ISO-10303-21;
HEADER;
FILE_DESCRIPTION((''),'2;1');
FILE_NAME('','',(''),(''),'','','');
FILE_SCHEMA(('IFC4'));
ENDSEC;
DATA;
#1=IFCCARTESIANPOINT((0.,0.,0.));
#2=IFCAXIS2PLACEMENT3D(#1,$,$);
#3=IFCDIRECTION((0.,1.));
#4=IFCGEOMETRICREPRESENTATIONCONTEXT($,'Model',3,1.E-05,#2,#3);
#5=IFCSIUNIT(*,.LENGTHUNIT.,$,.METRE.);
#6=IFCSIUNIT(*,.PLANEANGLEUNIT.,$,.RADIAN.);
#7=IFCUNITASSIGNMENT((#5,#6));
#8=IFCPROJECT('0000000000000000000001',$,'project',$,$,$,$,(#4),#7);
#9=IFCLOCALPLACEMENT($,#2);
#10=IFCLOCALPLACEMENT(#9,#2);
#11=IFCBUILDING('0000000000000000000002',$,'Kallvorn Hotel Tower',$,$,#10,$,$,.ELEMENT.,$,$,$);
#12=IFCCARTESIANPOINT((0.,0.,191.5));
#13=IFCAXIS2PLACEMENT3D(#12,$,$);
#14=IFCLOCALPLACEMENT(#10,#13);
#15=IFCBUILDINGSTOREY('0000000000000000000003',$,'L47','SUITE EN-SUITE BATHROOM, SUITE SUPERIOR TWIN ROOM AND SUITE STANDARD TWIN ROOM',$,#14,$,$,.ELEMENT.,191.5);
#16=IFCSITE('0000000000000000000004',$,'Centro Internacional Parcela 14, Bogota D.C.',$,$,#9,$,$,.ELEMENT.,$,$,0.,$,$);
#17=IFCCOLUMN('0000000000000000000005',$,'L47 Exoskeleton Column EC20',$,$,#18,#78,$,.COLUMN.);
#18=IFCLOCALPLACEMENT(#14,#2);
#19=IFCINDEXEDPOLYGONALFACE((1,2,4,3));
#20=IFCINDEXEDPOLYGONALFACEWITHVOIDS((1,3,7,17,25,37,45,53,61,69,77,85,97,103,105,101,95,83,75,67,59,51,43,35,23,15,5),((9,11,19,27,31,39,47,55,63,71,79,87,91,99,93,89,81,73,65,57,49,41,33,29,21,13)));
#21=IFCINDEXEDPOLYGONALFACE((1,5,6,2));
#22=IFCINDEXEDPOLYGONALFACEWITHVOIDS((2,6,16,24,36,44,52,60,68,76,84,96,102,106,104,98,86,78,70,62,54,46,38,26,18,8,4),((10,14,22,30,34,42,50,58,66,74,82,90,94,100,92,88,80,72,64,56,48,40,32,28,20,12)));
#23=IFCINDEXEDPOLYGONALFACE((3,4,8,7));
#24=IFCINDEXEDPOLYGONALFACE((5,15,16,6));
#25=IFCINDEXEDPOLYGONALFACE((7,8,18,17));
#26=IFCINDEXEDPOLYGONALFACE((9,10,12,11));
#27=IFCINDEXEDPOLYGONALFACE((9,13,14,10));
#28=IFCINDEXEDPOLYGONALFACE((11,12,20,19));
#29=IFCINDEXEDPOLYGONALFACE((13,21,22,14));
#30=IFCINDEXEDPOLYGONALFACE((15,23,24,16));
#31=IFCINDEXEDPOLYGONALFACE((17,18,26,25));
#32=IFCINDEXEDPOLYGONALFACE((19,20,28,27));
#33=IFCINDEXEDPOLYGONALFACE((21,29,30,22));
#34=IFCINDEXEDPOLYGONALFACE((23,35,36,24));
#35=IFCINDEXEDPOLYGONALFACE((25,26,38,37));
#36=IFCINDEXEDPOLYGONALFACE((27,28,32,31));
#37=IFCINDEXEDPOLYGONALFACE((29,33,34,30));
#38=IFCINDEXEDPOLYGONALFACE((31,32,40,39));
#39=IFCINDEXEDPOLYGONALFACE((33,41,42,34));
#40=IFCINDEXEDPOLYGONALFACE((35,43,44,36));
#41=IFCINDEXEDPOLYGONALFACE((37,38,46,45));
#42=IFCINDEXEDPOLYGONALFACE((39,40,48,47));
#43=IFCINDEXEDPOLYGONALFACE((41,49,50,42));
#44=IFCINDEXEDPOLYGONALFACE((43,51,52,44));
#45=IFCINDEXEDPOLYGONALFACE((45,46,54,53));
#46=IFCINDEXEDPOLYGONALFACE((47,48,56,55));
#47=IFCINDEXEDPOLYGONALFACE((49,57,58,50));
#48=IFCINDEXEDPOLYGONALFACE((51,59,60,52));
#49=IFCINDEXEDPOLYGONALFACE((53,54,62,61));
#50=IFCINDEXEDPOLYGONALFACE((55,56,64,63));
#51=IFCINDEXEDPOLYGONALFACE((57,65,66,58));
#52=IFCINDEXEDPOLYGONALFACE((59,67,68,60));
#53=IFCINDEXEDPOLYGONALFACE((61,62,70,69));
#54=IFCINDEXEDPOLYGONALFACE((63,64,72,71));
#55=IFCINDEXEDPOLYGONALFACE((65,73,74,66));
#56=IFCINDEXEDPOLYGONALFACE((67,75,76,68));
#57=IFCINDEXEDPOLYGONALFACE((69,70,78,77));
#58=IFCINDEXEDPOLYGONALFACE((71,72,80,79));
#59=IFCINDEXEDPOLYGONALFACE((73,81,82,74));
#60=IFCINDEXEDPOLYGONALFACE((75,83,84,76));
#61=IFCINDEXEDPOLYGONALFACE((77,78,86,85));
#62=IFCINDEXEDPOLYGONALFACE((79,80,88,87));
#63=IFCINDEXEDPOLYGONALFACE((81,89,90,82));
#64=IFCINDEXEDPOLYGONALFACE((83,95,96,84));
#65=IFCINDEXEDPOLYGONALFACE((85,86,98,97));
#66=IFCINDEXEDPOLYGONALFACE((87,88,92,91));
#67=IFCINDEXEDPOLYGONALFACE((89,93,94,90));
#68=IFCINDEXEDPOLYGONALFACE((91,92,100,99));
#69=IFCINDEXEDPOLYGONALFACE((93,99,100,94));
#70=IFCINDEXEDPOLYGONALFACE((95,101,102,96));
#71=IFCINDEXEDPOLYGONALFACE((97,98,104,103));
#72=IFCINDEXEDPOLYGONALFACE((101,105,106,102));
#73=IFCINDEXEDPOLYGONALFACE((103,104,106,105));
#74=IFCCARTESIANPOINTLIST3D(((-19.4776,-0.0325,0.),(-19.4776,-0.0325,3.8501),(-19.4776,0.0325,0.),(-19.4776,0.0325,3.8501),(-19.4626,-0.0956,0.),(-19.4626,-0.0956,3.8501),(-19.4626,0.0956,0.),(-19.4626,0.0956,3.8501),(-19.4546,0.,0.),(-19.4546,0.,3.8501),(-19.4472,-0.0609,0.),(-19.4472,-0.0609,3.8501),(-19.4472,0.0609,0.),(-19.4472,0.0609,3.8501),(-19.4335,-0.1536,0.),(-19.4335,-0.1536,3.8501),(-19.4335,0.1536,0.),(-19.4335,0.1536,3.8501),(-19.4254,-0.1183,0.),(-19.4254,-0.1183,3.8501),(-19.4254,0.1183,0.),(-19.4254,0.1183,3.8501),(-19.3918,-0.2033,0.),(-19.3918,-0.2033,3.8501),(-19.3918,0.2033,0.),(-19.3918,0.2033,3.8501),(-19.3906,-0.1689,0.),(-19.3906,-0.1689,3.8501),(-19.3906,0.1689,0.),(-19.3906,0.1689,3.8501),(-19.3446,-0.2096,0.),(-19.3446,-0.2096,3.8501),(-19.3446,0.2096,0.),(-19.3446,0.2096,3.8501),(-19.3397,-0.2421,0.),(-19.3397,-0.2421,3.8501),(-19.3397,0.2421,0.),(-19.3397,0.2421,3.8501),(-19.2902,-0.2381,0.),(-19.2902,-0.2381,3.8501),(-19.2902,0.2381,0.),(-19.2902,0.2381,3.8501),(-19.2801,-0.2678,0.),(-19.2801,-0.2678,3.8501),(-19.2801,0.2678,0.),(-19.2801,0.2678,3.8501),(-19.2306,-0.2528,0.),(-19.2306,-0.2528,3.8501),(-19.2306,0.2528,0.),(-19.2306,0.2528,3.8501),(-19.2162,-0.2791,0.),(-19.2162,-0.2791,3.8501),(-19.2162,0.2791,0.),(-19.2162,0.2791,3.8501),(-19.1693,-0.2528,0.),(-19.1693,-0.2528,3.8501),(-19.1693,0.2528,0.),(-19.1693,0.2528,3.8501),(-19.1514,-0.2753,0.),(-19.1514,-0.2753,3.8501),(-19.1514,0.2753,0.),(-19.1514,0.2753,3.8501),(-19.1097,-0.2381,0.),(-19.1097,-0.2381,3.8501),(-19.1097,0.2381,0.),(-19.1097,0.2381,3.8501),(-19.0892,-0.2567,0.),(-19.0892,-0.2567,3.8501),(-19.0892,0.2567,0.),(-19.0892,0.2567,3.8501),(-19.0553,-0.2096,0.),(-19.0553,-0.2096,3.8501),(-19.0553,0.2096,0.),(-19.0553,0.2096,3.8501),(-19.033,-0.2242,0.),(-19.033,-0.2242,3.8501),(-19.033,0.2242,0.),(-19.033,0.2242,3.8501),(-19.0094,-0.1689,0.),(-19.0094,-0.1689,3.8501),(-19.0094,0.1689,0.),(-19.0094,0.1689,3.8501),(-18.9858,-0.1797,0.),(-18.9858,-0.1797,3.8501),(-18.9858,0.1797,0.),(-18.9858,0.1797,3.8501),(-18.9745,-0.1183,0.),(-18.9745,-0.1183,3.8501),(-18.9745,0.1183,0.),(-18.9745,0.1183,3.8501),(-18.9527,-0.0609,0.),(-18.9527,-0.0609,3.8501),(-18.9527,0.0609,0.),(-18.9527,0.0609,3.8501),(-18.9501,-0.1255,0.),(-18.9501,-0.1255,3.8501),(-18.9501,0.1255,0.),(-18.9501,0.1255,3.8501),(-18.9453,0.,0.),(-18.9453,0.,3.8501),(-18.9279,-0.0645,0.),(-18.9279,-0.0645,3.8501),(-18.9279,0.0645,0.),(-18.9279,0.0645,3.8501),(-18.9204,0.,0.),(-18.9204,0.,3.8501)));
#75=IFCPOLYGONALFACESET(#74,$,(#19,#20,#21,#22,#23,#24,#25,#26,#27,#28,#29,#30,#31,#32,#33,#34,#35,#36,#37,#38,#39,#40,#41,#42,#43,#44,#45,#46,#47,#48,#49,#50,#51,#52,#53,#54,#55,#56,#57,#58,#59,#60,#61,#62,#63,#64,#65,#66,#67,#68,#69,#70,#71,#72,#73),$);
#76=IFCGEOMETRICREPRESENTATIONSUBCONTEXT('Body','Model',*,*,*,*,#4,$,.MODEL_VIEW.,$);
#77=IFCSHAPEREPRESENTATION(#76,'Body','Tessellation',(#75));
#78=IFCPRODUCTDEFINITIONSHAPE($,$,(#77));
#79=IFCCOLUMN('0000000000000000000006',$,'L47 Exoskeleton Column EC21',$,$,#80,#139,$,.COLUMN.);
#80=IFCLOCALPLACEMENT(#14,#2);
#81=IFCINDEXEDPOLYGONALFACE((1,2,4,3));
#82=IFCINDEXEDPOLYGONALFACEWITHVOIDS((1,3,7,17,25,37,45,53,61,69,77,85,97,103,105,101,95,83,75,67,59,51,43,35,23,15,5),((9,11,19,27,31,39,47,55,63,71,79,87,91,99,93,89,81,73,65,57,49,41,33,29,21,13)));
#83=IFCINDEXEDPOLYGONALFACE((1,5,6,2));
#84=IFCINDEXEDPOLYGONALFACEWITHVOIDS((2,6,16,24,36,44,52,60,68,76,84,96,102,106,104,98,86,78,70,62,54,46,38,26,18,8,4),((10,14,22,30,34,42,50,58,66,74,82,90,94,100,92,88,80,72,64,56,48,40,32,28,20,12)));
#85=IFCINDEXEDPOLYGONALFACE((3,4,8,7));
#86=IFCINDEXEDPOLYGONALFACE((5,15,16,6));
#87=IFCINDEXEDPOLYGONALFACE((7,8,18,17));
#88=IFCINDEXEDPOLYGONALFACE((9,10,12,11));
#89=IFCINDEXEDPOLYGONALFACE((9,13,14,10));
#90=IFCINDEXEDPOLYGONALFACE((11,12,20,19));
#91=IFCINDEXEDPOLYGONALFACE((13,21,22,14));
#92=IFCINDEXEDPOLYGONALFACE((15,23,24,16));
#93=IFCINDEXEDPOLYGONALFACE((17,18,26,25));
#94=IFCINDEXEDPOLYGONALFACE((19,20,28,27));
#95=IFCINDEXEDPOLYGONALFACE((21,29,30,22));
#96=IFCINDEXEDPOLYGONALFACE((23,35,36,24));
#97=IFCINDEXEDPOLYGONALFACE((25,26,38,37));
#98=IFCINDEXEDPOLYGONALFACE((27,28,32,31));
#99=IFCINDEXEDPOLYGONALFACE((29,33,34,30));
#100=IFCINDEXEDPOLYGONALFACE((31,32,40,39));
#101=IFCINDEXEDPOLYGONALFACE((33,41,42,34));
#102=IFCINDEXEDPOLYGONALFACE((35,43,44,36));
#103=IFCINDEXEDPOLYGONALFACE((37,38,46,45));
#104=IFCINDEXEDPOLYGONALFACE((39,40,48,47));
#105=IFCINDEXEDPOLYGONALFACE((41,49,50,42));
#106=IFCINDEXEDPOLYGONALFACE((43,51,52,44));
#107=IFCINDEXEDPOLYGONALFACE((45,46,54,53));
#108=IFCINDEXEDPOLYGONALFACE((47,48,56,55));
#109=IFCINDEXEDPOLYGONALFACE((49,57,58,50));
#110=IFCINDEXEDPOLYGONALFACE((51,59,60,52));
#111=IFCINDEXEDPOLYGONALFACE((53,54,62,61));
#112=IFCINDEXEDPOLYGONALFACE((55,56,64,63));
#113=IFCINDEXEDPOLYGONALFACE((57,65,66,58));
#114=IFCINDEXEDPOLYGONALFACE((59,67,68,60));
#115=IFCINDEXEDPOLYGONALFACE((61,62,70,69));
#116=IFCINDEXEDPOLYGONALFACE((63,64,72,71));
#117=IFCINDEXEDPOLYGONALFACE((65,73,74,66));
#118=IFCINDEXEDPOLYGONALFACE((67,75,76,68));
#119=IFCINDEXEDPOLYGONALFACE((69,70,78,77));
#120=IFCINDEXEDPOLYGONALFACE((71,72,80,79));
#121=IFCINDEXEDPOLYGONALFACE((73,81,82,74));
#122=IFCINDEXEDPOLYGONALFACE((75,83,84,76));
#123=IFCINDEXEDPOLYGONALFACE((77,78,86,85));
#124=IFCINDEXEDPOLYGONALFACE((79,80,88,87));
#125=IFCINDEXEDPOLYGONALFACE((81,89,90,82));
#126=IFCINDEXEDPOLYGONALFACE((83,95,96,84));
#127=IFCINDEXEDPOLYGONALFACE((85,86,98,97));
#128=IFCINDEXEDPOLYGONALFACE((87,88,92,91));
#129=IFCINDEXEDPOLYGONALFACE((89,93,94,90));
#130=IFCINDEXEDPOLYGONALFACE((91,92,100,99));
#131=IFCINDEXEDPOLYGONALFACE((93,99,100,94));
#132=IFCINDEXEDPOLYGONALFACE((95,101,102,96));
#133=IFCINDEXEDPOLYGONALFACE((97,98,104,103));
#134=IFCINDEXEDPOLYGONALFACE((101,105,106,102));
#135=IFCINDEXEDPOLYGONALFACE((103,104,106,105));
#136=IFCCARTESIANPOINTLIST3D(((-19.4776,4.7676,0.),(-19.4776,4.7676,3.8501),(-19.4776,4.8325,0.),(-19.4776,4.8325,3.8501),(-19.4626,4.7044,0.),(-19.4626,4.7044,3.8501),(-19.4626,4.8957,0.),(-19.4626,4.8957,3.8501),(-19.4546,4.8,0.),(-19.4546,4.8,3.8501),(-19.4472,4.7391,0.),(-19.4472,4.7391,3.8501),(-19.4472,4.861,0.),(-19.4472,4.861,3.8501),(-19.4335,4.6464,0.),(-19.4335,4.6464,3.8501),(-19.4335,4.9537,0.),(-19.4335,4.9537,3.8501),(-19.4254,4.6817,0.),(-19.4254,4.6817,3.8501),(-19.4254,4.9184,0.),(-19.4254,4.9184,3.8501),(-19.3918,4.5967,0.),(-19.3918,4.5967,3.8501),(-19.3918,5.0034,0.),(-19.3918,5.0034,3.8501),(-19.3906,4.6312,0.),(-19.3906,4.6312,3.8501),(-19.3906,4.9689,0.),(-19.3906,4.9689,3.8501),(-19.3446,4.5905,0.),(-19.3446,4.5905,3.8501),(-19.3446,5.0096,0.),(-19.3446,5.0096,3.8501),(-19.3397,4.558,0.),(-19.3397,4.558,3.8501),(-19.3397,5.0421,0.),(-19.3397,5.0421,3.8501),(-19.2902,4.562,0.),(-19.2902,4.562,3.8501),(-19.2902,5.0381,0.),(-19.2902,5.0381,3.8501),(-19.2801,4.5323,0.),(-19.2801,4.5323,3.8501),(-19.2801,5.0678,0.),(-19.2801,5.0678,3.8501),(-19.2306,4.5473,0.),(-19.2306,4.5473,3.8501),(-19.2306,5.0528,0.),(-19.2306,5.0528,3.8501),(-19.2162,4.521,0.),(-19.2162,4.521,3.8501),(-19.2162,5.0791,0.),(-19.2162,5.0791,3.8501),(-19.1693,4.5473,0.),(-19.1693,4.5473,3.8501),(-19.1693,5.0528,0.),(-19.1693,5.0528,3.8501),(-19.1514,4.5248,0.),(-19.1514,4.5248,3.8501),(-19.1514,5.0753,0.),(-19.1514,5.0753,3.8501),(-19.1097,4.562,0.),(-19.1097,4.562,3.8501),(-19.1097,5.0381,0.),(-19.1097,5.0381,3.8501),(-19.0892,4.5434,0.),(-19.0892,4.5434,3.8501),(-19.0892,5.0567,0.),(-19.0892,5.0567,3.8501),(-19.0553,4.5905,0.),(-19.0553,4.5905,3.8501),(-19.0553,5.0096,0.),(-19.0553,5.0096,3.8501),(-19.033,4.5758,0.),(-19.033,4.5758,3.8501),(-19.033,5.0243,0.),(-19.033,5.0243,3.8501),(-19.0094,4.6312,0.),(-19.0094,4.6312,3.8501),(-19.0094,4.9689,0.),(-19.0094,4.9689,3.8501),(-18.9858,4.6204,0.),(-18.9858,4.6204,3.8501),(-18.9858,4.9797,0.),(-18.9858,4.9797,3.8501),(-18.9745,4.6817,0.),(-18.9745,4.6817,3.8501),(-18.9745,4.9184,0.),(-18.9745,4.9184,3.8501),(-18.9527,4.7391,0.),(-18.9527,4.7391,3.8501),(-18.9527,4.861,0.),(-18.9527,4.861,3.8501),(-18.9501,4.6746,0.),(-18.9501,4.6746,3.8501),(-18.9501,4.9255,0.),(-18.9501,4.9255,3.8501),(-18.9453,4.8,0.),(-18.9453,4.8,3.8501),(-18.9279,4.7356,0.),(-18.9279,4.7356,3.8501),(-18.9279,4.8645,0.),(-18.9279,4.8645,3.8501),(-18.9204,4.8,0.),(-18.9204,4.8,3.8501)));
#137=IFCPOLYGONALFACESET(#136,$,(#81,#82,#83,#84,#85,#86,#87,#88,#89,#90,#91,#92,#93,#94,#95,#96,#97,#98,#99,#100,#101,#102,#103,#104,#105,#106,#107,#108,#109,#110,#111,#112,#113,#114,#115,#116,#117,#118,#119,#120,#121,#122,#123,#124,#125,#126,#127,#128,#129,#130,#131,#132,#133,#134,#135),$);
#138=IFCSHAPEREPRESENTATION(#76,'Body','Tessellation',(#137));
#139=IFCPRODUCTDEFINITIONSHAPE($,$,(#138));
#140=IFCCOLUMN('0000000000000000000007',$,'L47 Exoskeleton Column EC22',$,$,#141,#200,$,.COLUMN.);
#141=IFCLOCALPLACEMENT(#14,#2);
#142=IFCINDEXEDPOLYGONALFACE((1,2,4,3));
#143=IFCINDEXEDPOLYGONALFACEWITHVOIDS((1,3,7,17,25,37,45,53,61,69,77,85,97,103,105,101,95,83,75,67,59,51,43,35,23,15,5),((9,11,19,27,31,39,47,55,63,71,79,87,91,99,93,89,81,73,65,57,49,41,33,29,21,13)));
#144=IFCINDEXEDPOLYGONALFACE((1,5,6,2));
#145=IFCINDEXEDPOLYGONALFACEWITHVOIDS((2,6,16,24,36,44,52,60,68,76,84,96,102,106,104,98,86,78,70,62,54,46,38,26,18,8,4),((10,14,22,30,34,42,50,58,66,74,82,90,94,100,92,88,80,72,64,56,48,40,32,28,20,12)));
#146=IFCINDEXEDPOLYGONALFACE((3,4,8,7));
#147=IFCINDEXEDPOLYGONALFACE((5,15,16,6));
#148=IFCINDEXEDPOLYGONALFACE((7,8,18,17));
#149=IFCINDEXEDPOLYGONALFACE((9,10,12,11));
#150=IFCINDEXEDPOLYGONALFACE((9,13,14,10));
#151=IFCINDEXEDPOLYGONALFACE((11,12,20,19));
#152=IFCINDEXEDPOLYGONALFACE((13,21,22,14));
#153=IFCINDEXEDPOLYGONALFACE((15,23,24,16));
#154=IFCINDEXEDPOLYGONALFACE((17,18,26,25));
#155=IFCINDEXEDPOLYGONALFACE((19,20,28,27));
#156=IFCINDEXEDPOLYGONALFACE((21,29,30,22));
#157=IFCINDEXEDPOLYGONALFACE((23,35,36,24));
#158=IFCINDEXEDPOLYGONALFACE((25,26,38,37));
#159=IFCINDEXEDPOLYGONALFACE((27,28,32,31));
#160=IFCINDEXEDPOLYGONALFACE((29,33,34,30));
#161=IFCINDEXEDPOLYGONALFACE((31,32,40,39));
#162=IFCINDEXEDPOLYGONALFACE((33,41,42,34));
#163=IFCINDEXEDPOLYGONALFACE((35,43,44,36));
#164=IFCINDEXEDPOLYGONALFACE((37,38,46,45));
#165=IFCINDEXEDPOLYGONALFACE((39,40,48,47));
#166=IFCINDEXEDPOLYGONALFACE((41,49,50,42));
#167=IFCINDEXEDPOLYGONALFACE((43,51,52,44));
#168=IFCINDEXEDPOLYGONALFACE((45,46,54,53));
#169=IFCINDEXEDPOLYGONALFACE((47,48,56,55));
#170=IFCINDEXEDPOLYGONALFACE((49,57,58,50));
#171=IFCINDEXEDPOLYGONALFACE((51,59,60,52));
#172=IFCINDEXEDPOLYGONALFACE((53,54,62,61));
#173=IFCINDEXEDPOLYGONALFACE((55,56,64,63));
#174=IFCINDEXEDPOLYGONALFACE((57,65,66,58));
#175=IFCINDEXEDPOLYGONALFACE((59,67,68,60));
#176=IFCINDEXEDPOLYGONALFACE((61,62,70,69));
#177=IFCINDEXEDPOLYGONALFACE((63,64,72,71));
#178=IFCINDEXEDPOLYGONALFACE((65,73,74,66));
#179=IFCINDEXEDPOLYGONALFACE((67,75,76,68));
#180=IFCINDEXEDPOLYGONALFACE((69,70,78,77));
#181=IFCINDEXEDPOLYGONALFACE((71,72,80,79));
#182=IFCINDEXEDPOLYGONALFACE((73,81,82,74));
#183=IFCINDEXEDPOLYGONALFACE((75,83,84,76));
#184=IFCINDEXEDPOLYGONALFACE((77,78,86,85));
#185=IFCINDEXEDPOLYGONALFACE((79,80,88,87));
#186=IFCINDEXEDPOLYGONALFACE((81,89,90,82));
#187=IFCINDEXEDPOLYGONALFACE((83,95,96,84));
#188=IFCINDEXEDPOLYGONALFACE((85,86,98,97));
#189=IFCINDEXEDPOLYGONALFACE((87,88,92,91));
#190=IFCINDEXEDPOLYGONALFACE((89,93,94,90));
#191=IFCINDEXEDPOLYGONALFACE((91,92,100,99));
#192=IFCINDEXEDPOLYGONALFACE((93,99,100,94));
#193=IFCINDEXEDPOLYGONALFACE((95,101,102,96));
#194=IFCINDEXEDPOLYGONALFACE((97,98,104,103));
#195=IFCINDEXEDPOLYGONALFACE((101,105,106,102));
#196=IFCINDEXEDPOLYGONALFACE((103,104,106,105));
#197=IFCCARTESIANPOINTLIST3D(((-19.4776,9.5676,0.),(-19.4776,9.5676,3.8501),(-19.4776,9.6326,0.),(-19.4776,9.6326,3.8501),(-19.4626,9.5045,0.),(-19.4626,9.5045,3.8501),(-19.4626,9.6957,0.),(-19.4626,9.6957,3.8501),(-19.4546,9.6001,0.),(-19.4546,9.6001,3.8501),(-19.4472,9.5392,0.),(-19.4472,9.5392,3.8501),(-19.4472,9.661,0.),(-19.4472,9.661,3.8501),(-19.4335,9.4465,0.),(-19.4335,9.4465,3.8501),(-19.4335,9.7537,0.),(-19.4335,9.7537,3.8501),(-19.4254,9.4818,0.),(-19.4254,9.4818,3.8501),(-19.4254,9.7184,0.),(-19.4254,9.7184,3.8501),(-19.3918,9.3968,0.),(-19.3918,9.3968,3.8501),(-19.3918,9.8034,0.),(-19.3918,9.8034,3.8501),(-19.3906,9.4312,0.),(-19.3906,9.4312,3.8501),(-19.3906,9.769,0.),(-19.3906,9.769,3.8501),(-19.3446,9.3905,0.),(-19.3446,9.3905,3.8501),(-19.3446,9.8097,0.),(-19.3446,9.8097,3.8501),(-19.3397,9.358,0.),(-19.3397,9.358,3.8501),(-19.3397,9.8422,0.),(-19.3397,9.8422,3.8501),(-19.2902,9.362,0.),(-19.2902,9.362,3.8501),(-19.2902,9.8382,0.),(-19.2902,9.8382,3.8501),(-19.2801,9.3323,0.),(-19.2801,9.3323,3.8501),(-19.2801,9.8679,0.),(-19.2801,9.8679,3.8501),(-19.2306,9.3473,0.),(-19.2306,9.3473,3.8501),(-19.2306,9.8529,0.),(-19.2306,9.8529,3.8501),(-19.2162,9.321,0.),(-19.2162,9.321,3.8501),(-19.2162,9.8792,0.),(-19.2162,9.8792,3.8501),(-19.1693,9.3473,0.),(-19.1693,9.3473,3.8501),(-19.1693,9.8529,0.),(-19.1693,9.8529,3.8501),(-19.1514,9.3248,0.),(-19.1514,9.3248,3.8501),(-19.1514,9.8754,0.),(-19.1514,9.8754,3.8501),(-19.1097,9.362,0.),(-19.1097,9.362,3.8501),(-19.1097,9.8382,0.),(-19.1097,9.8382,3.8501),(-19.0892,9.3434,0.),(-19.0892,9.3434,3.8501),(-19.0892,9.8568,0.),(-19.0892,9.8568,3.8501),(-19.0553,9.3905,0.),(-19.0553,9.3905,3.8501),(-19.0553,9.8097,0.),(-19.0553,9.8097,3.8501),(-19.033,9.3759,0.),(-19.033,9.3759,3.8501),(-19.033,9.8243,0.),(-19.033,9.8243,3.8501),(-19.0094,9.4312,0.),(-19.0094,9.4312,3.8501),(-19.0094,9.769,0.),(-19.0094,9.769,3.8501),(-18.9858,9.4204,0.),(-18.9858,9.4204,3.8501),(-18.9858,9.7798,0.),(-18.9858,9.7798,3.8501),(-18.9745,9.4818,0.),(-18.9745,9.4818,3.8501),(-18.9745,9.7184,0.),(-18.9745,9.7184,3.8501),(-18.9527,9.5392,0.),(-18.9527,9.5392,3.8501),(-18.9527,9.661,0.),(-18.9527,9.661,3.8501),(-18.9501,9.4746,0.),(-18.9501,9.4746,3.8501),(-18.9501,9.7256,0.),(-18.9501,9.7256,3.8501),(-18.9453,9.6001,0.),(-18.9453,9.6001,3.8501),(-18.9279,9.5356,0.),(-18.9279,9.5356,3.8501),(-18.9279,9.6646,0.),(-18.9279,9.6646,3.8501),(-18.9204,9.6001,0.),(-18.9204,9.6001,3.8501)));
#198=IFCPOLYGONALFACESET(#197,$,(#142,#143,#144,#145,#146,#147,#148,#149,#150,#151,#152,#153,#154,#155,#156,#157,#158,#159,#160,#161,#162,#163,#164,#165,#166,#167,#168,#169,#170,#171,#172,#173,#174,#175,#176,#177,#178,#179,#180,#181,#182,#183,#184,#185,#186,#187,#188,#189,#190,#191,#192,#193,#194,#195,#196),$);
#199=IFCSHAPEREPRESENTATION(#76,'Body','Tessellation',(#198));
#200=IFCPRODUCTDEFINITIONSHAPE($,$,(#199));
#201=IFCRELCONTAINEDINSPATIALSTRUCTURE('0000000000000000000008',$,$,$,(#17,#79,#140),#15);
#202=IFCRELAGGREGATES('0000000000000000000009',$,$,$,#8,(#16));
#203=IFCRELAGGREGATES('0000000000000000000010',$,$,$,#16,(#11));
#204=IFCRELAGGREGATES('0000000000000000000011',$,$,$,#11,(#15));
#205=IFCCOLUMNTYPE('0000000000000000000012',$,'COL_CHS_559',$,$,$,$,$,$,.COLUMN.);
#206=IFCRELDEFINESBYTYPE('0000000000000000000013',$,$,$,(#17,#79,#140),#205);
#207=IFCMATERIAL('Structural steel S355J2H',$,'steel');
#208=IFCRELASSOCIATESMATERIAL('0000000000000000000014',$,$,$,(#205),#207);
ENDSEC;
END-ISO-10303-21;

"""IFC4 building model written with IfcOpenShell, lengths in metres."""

from ifc_helpers import new_model, si_unit, direction, frame, origin, origin_2d, place, context, subcontext, project, spatial, hollow_circle, extrude, material, material_profile, profile_set, type_object, element, save


model = new_model("IFC4")

# Units and contexts
model_context = context("Model", 3, precision=1e-05, world=origin(), true_north=direction((0.0, 1.0)))
body_context = subcontext(model_context, "Body", "Model", "MODEL_VIEW")
ifc_project = project(units=[si_unit("LENGTHUNIT", "METRE"), si_unit("PLANEANGLEUNIT", "RADIAN")], contexts=[model_context])

# Site, building, storey
site_placement = place(None, origin())
site = spatial("IfcSite", under=ifc_project, at=site_placement, Name="Centro Internacional Parcela 14, Bogota D.C.", CompositionType="ELEMENT", RefElevation=0.0)
building_placement = place(site_placement, origin())
building = spatial("IfcBuilding", under=site, at=building_placement, Name="Kallvorn Hotel Tower", CompositionType="ELEMENT")
storey_placement = place(building_placement, frame((0.0, 0.0, 191.5)))
storey = spatial("IfcBuildingStorey", under=building, at=storey_placement, Name="L47", Description="SUITE EN-SUITE BATHROOM, SUITE SUPERIOR TWIN ROOM AND SUITE STANDARD TWIN ROOM", CompositionType="ELEMENT", Elevation=191.5)

# Columns
ifc_material_1 = material(Name="Structural steel S355J2H", Category="steel")
ifc_material_profile_1 = material_profile(ifc_material_1, hollow_circle(Radius=0.2795, WallThickness=0.0249, at=origin_2d()), Name="CHS 559x25")
ifc_profile_set_1 = profile_set([ifc_material_profile_1], Name="Structural steel S355J2H")
column_type_1 = type_object("IfcColumnType", Name="COL_CHS_559", PredefinedType="COLUMN", material=ifc_profile_set_1)
for number, where, z_axis, x_axis, name in (
    (1, (-19.2, 0.0, 0.0), (0.0, 0.0, 1.0), (1.0, 0.0, 0.0), "L47 Exoskeleton Column EC20"),
    (2, (-19.2, 4.8, 0.0), (0.0, 0.0, 1.0), (1.0, 0.0, 0.0), "L47 Exoskeleton Column EC21"),
    (3, (-19.2, 9.6001, 0.0), (0.0, 0.0, 1.0), (1.0, 0.0, 0.0), "L47 Exoskeleton Column EC22"),
):
    element("IfcColumn", number, at=place(storey_placement, frame(where, z_axis=z_axis, x_axis=x_axis)), inside=storey, type_object=column_type_1, Name=name, PredefinedType="COLUMN", context=body_context, shape_type="SweptSolid", body=[
        extrude(hollow_circle(Radius=0.2795, WallThickness=0.0249, at=origin_2d()), origin(), (0.0, 0.0, 1.0), 3.8501),
    ])

save(model, "model.ifc")
